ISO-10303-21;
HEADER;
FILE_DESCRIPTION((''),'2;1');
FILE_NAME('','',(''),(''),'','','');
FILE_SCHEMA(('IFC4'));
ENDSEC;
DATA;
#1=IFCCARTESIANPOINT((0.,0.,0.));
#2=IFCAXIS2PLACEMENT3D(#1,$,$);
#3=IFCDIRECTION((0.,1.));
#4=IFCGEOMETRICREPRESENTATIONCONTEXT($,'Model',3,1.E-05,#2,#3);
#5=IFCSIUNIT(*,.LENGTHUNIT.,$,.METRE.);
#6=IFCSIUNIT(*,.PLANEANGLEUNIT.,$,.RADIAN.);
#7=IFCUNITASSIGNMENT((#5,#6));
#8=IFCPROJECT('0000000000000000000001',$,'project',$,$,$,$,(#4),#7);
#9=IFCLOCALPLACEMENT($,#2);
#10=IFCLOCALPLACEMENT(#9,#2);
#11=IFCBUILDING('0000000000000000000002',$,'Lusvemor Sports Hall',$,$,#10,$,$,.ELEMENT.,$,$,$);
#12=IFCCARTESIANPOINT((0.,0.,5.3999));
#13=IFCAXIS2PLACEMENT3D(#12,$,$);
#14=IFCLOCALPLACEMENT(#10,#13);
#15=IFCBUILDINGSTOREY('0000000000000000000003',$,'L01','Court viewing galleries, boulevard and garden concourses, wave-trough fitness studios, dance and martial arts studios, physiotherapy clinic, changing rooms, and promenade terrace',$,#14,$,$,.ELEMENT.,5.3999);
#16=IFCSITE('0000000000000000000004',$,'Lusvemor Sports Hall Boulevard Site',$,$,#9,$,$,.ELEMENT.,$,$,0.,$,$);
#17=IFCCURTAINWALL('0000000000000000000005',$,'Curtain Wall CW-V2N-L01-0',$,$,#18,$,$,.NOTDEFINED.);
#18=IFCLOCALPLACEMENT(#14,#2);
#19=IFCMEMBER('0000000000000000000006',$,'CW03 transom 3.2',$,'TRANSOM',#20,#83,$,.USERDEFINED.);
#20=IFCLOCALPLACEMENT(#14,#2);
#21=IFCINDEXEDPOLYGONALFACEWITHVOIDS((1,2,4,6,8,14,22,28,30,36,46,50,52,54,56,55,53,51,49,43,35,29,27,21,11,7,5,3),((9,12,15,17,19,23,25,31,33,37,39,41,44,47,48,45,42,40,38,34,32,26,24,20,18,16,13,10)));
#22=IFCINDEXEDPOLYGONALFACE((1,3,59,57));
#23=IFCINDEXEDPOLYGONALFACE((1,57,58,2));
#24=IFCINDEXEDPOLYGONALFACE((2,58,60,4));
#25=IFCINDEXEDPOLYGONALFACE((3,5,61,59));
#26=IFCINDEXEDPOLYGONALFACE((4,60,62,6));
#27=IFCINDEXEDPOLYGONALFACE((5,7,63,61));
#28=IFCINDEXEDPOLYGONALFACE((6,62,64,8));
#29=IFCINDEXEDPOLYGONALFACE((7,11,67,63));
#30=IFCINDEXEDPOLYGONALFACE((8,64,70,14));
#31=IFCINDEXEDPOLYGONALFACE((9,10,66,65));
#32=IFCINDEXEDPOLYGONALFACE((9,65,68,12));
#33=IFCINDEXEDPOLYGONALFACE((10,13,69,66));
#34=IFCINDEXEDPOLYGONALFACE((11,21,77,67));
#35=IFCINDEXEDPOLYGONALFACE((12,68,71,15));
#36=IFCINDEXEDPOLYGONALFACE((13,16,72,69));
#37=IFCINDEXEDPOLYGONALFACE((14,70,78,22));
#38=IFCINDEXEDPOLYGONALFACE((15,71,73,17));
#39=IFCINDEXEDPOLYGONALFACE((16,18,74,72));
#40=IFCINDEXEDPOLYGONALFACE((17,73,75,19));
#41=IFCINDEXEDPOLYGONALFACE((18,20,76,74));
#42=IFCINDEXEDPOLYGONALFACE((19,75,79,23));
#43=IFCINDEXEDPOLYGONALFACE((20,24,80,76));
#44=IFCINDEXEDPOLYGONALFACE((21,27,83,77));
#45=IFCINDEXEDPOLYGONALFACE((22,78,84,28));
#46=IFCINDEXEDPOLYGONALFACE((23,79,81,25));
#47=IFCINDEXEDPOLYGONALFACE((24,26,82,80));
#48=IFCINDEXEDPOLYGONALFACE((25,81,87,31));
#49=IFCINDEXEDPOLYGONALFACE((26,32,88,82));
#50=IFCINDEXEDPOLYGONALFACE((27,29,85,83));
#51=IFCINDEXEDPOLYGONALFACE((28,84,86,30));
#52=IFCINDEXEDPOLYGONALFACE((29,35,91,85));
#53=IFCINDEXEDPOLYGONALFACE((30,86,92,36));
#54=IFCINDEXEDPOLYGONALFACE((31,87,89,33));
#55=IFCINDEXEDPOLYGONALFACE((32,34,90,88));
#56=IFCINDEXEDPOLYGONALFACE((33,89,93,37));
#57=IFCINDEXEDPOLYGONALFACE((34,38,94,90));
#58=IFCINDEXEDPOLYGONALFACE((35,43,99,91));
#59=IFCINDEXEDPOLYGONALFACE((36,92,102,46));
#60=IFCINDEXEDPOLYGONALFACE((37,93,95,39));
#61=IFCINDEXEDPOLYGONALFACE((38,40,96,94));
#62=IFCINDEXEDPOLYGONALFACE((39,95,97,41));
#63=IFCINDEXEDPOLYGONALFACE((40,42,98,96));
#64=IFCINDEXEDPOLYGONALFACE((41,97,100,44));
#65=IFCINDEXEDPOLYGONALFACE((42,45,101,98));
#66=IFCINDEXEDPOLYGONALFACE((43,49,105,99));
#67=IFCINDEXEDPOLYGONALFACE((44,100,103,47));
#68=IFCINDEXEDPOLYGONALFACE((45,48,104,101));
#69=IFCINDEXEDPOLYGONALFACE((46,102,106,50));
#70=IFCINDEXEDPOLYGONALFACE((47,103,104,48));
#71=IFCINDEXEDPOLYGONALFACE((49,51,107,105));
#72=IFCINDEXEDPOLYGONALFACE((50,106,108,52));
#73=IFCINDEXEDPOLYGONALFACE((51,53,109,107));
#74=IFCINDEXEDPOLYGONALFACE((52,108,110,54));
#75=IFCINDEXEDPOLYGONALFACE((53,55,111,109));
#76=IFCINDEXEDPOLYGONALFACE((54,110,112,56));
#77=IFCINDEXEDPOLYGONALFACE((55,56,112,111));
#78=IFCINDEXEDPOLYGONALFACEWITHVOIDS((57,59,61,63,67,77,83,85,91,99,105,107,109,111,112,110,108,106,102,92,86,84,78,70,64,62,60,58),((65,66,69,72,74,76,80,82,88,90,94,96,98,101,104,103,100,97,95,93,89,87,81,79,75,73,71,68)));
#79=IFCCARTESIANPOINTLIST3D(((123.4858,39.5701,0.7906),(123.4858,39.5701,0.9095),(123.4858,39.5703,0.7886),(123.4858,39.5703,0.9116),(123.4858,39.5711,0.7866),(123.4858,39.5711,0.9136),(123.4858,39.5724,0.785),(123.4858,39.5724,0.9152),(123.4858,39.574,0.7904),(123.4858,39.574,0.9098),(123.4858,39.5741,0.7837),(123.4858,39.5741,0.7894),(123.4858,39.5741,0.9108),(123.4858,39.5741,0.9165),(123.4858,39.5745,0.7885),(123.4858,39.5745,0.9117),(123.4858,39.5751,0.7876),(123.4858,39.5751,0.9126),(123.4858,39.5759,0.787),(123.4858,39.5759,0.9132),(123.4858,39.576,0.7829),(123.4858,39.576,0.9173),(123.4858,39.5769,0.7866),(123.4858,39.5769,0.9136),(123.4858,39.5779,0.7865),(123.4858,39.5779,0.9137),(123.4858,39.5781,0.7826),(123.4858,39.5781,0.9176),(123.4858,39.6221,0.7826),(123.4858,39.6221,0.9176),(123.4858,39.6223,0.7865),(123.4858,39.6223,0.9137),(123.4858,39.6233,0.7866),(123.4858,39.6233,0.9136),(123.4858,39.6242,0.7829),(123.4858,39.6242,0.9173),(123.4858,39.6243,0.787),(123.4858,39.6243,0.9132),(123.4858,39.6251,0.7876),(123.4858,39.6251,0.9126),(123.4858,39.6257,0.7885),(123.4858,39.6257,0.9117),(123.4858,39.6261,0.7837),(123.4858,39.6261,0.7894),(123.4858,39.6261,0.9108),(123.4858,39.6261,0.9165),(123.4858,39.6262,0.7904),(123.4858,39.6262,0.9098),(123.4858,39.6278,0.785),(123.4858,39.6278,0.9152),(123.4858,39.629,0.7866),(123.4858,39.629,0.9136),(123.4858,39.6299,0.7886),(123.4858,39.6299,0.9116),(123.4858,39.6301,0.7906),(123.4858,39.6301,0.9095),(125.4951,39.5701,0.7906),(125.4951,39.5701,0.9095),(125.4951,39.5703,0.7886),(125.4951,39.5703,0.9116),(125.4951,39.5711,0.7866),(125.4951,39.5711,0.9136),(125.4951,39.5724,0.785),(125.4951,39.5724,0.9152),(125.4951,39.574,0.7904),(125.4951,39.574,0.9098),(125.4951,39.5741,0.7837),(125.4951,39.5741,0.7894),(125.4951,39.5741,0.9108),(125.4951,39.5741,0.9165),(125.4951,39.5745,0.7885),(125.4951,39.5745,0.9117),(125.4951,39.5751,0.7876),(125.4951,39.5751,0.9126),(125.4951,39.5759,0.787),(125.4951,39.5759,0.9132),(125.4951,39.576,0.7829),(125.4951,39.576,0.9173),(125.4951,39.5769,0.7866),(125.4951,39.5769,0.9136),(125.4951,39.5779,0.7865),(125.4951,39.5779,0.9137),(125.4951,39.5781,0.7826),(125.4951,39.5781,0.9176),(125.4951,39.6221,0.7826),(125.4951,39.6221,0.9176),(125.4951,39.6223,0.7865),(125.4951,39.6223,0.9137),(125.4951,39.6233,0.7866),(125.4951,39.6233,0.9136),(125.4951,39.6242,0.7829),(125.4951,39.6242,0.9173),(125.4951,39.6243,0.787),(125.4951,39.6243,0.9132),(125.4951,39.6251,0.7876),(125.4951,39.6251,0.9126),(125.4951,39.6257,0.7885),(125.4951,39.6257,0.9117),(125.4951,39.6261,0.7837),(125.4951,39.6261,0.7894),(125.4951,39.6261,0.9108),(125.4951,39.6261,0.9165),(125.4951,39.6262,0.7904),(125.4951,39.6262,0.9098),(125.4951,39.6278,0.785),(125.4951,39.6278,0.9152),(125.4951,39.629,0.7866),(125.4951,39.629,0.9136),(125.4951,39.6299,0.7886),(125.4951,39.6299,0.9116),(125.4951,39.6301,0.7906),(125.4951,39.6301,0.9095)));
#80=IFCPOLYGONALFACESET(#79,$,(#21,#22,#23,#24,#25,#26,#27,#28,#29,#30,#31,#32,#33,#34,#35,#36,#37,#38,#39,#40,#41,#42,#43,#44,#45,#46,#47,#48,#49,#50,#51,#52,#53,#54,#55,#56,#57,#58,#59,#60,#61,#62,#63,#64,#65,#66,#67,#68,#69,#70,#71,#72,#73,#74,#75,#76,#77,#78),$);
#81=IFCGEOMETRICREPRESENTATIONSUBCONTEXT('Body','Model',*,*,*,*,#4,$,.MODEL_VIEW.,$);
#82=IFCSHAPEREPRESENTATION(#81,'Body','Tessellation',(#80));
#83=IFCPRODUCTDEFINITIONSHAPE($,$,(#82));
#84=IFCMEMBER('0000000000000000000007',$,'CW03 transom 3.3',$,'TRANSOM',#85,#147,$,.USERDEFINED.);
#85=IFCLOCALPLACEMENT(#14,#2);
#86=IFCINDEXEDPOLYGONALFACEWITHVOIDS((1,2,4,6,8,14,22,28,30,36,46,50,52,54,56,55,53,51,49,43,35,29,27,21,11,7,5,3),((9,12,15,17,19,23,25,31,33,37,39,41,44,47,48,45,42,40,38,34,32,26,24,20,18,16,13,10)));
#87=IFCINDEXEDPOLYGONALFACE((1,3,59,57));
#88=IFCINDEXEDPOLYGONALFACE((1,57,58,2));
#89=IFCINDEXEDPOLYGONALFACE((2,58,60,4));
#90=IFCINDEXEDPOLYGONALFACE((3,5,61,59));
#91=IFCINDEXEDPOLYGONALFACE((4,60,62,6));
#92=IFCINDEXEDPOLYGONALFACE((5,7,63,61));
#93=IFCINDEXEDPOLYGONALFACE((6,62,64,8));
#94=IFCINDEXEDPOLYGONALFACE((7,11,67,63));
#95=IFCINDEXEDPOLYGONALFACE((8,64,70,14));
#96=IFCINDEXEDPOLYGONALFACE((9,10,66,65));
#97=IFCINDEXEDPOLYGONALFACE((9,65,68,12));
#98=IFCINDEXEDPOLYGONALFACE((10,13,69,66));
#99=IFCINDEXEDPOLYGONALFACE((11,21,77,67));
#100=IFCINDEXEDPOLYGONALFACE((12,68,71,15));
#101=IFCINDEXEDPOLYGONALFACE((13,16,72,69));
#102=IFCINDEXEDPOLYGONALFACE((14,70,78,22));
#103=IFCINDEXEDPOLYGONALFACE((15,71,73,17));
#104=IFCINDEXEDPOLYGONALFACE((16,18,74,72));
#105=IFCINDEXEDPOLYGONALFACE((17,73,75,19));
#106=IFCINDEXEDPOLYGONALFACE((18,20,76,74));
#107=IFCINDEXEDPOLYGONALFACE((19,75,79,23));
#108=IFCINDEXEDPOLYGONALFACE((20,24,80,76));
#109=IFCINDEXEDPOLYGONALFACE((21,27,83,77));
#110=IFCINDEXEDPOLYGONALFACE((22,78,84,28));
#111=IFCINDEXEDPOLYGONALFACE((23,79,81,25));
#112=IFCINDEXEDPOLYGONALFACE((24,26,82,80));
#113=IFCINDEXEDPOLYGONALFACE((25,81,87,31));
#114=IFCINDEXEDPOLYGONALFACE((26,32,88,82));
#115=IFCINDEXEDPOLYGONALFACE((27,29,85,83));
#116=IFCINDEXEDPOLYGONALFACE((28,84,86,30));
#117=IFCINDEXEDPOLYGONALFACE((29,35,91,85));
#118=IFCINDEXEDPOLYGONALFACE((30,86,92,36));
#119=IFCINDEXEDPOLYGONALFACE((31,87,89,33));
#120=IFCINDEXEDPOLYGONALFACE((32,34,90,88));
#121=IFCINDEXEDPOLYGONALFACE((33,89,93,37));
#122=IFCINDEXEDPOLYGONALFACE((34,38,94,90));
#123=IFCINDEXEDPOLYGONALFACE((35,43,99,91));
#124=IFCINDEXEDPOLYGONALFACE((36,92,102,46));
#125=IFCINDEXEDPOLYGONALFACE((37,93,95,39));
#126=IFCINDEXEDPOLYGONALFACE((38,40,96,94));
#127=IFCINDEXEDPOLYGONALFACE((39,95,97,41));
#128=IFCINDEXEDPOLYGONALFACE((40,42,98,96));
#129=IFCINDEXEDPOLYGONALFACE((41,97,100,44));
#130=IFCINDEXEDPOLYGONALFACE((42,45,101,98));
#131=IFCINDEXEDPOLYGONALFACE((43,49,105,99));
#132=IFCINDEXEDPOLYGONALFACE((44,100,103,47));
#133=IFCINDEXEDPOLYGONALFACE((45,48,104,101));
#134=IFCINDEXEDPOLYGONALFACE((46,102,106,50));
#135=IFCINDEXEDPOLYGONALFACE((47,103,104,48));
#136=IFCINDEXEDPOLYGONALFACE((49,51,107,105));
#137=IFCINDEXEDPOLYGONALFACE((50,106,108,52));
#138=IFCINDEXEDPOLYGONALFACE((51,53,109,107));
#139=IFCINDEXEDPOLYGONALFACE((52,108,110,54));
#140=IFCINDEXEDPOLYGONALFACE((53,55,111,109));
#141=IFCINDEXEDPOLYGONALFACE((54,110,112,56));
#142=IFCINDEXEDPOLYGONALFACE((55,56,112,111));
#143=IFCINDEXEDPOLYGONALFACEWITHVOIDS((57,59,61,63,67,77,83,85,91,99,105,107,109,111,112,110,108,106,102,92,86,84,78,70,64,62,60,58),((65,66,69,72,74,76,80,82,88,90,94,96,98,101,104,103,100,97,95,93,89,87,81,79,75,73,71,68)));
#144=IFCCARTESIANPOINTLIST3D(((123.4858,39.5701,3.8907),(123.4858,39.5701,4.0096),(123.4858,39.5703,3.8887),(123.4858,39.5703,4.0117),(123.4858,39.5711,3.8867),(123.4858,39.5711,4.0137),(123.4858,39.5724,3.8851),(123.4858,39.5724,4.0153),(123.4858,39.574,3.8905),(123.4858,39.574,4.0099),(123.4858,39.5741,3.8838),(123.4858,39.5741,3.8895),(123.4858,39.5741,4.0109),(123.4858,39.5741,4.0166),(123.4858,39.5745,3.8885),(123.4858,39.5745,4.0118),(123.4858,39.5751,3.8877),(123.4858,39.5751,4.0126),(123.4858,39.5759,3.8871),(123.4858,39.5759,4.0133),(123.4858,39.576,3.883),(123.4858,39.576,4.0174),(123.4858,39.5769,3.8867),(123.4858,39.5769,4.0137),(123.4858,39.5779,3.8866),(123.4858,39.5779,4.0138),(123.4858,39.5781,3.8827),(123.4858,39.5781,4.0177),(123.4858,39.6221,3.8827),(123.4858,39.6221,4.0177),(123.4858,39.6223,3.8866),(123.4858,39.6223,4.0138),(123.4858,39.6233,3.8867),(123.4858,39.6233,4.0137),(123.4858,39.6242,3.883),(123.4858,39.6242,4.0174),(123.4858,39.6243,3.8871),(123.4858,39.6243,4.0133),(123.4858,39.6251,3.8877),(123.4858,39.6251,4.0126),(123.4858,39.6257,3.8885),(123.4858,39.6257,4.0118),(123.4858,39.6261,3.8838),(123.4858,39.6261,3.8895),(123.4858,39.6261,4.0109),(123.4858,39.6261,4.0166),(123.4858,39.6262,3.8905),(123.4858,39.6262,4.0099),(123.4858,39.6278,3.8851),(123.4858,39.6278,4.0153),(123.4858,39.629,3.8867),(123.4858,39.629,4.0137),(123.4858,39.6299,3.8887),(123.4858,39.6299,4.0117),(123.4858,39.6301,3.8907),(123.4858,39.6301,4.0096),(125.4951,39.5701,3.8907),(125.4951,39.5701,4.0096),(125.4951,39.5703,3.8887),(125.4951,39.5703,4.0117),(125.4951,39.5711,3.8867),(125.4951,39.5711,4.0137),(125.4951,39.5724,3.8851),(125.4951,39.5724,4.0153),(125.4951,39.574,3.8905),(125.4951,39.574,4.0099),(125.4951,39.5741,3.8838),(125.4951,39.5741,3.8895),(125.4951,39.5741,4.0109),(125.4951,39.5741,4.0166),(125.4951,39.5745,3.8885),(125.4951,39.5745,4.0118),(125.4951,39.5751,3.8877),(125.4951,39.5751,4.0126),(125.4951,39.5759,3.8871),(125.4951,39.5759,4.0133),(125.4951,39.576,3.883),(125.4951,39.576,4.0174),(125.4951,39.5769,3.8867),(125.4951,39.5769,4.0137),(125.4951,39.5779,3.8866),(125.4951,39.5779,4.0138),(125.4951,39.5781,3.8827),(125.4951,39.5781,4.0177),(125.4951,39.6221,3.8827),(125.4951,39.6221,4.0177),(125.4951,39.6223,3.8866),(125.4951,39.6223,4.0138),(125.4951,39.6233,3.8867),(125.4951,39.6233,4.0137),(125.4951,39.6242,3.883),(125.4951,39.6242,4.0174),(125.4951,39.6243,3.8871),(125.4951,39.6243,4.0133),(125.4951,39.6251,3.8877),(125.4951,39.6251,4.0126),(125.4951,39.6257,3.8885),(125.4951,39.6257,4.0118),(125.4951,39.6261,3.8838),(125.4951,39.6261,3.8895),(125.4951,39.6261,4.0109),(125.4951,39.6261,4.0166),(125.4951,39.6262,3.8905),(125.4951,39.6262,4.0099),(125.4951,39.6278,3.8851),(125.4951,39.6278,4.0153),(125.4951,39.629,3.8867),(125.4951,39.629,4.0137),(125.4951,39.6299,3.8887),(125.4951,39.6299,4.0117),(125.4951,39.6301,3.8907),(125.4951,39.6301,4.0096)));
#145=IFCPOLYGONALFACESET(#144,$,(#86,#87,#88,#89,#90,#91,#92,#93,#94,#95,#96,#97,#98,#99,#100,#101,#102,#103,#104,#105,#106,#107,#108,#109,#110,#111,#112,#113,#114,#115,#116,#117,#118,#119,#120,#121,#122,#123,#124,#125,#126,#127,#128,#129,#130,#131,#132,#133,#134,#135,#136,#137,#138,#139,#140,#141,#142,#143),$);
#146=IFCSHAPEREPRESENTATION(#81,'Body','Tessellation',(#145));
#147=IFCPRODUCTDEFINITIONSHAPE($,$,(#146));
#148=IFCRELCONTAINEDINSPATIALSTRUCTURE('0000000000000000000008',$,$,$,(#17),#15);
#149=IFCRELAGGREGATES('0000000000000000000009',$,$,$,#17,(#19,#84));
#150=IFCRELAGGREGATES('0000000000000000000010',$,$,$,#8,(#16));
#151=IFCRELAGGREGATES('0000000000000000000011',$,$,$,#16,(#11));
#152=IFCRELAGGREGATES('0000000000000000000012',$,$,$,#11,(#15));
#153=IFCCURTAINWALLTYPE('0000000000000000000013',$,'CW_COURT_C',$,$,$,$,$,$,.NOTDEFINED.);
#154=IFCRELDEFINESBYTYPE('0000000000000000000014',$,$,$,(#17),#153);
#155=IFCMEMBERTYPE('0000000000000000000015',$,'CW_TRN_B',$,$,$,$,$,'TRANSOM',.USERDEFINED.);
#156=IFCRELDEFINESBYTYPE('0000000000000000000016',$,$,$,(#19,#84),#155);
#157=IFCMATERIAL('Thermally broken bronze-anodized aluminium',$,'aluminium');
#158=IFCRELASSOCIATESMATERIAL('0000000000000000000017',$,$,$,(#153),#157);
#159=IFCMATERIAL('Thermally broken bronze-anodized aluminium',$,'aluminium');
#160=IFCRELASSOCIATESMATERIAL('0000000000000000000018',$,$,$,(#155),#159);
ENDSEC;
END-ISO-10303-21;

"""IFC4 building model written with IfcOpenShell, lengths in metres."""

from ifc_helpers import new_model, si_unit, direction, frame, origin, origin_2d, place, context, subcontext, project, spatial, hollow_rectangle, extrude, material, material_profile, profile_set, type_object, element, aggregate, save


model = new_model("IFC4")

# Units and contexts
model_context = context("Model", 3, precision=1e-05, world=origin(), true_north=direction((0.0, 1.0)))
body_context = subcontext(model_context, "Body", "Model", "MODEL_VIEW")
ifc_project = project(units=[si_unit("LENGTHUNIT", "METRE"), si_unit("PLANEANGLEUNIT", "RADIAN")], contexts=[model_context])

# Site, building, storey
site_placement = place(None, origin())
site = spatial("IfcSite", under=ifc_project, at=site_placement, Name="Lusvemor Sports Hall Boulevard Site", CompositionType="ELEMENT", RefElevation=0.0)
building_placement = place(site_placement, origin())
building = spatial("IfcBuilding", under=site, at=building_placement, Name="Lusvemor Sports Hall", CompositionType="ELEMENT")
storey_placement = place(building_placement, frame((0.0, 0.0, 5.3999)))
storey = spatial("IfcBuildingStorey", under=building, at=storey_placement, Name="L01", Description="Court viewing galleries, boulevard and garden concourses, wave-trough fitness studios, dance and martial arts studios, physiotherapy clinic, changing rooms, and promenade terrace", CompositionType="ELEMENT", Elevation=5.3999)

# Curtain wall
ifc_material_1 = material(Name="Thermally broken bronze-anodized aluminium", Category="aluminium")
curtain_wall_type = type_object("IfcCurtainWallType", Name="CW_COURT_C", PredefinedType="NOTDEFINED", material=ifc_material_1)
curtain_wall_1_placement = place(storey_placement, origin())
curtain_wall_1 = element("IfcCurtainWall", 1, at=curtain_wall_1_placement, inside=storey, type_object=curtain_wall_type, Name="Curtain Wall CW-V2N-L01-0", PredefinedType="NOTDEFINED")

# Members
ifc_material_2 = material(Name="Thermally broken bronze-anodized aluminium", Category="aluminium")
ifc_material_profile_1 = material_profile(ifc_material_2, hollow_rectangle(XDim=0.0601, YDim=0.135, WallThickness=0.0039, InnerFilletRadius=0.0039, OuterFilletRadius=0.0081, at=origin_2d()), Name="CWTRN135x60x4")
ifc_profile_set_1 = profile_set([ifc_material_profile_1], Name="Thermally broken bronze-anodized aluminium")
member_type_1 = type_object("IfcMemberType", Name="CW_TRN_B", ElementType="TRANSOM", PredefinedType="USERDEFINED", material=ifc_profile_set_1)
member_1_placement = place(storey_placement, frame((123.4858, 39.6001, 0.8501), z_axis=(1.0, 0.0, 0.0), x_axis=(0.0, 1.0, 0.0)))
member_1 = element("IfcMember", 2, at=member_1_placement, type_object=member_type_1, Name="CW03 transom 3.2", ObjectType="TRANSOM", PredefinedType="USERDEFINED", context=body_context, shape_type="SweptSolid", body=[
    extrude(hollow_rectangle(XDim=0.0601, YDim=0.135, WallThickness=0.0039, InnerFilletRadius=0.0039, OuterFilletRadius=0.0081, at=origin_2d()), origin(), (0.0, 0.0, 1.0), 2.0093),
])
member_2_placement = place(storey_placement, frame((123.4858, 39.6001, 3.9502), z_axis=(1.0, 0.0, 0.0), x_axis=(0.0, 1.0, 0.0)))
member_2 = element("IfcMember", 3, at=member_2_placement, type_object=member_type_1, Name="CW03 transom 3.3", ObjectType="TRANSOM", PredefinedType="USERDEFINED", context=body_context, shape_type="SweptSolid", body=[
    extrude(hollow_rectangle(XDim=0.0601, YDim=0.135, WallThickness=0.0039, InnerFilletRadius=0.0039, OuterFilletRadius=0.0081, at=origin_2d()), origin(), (0.0, 0.0, 1.0), 2.0093),
])

aggregate(curtain_wall_1, [member_1, member_2])

save(model, "model.ifc")
